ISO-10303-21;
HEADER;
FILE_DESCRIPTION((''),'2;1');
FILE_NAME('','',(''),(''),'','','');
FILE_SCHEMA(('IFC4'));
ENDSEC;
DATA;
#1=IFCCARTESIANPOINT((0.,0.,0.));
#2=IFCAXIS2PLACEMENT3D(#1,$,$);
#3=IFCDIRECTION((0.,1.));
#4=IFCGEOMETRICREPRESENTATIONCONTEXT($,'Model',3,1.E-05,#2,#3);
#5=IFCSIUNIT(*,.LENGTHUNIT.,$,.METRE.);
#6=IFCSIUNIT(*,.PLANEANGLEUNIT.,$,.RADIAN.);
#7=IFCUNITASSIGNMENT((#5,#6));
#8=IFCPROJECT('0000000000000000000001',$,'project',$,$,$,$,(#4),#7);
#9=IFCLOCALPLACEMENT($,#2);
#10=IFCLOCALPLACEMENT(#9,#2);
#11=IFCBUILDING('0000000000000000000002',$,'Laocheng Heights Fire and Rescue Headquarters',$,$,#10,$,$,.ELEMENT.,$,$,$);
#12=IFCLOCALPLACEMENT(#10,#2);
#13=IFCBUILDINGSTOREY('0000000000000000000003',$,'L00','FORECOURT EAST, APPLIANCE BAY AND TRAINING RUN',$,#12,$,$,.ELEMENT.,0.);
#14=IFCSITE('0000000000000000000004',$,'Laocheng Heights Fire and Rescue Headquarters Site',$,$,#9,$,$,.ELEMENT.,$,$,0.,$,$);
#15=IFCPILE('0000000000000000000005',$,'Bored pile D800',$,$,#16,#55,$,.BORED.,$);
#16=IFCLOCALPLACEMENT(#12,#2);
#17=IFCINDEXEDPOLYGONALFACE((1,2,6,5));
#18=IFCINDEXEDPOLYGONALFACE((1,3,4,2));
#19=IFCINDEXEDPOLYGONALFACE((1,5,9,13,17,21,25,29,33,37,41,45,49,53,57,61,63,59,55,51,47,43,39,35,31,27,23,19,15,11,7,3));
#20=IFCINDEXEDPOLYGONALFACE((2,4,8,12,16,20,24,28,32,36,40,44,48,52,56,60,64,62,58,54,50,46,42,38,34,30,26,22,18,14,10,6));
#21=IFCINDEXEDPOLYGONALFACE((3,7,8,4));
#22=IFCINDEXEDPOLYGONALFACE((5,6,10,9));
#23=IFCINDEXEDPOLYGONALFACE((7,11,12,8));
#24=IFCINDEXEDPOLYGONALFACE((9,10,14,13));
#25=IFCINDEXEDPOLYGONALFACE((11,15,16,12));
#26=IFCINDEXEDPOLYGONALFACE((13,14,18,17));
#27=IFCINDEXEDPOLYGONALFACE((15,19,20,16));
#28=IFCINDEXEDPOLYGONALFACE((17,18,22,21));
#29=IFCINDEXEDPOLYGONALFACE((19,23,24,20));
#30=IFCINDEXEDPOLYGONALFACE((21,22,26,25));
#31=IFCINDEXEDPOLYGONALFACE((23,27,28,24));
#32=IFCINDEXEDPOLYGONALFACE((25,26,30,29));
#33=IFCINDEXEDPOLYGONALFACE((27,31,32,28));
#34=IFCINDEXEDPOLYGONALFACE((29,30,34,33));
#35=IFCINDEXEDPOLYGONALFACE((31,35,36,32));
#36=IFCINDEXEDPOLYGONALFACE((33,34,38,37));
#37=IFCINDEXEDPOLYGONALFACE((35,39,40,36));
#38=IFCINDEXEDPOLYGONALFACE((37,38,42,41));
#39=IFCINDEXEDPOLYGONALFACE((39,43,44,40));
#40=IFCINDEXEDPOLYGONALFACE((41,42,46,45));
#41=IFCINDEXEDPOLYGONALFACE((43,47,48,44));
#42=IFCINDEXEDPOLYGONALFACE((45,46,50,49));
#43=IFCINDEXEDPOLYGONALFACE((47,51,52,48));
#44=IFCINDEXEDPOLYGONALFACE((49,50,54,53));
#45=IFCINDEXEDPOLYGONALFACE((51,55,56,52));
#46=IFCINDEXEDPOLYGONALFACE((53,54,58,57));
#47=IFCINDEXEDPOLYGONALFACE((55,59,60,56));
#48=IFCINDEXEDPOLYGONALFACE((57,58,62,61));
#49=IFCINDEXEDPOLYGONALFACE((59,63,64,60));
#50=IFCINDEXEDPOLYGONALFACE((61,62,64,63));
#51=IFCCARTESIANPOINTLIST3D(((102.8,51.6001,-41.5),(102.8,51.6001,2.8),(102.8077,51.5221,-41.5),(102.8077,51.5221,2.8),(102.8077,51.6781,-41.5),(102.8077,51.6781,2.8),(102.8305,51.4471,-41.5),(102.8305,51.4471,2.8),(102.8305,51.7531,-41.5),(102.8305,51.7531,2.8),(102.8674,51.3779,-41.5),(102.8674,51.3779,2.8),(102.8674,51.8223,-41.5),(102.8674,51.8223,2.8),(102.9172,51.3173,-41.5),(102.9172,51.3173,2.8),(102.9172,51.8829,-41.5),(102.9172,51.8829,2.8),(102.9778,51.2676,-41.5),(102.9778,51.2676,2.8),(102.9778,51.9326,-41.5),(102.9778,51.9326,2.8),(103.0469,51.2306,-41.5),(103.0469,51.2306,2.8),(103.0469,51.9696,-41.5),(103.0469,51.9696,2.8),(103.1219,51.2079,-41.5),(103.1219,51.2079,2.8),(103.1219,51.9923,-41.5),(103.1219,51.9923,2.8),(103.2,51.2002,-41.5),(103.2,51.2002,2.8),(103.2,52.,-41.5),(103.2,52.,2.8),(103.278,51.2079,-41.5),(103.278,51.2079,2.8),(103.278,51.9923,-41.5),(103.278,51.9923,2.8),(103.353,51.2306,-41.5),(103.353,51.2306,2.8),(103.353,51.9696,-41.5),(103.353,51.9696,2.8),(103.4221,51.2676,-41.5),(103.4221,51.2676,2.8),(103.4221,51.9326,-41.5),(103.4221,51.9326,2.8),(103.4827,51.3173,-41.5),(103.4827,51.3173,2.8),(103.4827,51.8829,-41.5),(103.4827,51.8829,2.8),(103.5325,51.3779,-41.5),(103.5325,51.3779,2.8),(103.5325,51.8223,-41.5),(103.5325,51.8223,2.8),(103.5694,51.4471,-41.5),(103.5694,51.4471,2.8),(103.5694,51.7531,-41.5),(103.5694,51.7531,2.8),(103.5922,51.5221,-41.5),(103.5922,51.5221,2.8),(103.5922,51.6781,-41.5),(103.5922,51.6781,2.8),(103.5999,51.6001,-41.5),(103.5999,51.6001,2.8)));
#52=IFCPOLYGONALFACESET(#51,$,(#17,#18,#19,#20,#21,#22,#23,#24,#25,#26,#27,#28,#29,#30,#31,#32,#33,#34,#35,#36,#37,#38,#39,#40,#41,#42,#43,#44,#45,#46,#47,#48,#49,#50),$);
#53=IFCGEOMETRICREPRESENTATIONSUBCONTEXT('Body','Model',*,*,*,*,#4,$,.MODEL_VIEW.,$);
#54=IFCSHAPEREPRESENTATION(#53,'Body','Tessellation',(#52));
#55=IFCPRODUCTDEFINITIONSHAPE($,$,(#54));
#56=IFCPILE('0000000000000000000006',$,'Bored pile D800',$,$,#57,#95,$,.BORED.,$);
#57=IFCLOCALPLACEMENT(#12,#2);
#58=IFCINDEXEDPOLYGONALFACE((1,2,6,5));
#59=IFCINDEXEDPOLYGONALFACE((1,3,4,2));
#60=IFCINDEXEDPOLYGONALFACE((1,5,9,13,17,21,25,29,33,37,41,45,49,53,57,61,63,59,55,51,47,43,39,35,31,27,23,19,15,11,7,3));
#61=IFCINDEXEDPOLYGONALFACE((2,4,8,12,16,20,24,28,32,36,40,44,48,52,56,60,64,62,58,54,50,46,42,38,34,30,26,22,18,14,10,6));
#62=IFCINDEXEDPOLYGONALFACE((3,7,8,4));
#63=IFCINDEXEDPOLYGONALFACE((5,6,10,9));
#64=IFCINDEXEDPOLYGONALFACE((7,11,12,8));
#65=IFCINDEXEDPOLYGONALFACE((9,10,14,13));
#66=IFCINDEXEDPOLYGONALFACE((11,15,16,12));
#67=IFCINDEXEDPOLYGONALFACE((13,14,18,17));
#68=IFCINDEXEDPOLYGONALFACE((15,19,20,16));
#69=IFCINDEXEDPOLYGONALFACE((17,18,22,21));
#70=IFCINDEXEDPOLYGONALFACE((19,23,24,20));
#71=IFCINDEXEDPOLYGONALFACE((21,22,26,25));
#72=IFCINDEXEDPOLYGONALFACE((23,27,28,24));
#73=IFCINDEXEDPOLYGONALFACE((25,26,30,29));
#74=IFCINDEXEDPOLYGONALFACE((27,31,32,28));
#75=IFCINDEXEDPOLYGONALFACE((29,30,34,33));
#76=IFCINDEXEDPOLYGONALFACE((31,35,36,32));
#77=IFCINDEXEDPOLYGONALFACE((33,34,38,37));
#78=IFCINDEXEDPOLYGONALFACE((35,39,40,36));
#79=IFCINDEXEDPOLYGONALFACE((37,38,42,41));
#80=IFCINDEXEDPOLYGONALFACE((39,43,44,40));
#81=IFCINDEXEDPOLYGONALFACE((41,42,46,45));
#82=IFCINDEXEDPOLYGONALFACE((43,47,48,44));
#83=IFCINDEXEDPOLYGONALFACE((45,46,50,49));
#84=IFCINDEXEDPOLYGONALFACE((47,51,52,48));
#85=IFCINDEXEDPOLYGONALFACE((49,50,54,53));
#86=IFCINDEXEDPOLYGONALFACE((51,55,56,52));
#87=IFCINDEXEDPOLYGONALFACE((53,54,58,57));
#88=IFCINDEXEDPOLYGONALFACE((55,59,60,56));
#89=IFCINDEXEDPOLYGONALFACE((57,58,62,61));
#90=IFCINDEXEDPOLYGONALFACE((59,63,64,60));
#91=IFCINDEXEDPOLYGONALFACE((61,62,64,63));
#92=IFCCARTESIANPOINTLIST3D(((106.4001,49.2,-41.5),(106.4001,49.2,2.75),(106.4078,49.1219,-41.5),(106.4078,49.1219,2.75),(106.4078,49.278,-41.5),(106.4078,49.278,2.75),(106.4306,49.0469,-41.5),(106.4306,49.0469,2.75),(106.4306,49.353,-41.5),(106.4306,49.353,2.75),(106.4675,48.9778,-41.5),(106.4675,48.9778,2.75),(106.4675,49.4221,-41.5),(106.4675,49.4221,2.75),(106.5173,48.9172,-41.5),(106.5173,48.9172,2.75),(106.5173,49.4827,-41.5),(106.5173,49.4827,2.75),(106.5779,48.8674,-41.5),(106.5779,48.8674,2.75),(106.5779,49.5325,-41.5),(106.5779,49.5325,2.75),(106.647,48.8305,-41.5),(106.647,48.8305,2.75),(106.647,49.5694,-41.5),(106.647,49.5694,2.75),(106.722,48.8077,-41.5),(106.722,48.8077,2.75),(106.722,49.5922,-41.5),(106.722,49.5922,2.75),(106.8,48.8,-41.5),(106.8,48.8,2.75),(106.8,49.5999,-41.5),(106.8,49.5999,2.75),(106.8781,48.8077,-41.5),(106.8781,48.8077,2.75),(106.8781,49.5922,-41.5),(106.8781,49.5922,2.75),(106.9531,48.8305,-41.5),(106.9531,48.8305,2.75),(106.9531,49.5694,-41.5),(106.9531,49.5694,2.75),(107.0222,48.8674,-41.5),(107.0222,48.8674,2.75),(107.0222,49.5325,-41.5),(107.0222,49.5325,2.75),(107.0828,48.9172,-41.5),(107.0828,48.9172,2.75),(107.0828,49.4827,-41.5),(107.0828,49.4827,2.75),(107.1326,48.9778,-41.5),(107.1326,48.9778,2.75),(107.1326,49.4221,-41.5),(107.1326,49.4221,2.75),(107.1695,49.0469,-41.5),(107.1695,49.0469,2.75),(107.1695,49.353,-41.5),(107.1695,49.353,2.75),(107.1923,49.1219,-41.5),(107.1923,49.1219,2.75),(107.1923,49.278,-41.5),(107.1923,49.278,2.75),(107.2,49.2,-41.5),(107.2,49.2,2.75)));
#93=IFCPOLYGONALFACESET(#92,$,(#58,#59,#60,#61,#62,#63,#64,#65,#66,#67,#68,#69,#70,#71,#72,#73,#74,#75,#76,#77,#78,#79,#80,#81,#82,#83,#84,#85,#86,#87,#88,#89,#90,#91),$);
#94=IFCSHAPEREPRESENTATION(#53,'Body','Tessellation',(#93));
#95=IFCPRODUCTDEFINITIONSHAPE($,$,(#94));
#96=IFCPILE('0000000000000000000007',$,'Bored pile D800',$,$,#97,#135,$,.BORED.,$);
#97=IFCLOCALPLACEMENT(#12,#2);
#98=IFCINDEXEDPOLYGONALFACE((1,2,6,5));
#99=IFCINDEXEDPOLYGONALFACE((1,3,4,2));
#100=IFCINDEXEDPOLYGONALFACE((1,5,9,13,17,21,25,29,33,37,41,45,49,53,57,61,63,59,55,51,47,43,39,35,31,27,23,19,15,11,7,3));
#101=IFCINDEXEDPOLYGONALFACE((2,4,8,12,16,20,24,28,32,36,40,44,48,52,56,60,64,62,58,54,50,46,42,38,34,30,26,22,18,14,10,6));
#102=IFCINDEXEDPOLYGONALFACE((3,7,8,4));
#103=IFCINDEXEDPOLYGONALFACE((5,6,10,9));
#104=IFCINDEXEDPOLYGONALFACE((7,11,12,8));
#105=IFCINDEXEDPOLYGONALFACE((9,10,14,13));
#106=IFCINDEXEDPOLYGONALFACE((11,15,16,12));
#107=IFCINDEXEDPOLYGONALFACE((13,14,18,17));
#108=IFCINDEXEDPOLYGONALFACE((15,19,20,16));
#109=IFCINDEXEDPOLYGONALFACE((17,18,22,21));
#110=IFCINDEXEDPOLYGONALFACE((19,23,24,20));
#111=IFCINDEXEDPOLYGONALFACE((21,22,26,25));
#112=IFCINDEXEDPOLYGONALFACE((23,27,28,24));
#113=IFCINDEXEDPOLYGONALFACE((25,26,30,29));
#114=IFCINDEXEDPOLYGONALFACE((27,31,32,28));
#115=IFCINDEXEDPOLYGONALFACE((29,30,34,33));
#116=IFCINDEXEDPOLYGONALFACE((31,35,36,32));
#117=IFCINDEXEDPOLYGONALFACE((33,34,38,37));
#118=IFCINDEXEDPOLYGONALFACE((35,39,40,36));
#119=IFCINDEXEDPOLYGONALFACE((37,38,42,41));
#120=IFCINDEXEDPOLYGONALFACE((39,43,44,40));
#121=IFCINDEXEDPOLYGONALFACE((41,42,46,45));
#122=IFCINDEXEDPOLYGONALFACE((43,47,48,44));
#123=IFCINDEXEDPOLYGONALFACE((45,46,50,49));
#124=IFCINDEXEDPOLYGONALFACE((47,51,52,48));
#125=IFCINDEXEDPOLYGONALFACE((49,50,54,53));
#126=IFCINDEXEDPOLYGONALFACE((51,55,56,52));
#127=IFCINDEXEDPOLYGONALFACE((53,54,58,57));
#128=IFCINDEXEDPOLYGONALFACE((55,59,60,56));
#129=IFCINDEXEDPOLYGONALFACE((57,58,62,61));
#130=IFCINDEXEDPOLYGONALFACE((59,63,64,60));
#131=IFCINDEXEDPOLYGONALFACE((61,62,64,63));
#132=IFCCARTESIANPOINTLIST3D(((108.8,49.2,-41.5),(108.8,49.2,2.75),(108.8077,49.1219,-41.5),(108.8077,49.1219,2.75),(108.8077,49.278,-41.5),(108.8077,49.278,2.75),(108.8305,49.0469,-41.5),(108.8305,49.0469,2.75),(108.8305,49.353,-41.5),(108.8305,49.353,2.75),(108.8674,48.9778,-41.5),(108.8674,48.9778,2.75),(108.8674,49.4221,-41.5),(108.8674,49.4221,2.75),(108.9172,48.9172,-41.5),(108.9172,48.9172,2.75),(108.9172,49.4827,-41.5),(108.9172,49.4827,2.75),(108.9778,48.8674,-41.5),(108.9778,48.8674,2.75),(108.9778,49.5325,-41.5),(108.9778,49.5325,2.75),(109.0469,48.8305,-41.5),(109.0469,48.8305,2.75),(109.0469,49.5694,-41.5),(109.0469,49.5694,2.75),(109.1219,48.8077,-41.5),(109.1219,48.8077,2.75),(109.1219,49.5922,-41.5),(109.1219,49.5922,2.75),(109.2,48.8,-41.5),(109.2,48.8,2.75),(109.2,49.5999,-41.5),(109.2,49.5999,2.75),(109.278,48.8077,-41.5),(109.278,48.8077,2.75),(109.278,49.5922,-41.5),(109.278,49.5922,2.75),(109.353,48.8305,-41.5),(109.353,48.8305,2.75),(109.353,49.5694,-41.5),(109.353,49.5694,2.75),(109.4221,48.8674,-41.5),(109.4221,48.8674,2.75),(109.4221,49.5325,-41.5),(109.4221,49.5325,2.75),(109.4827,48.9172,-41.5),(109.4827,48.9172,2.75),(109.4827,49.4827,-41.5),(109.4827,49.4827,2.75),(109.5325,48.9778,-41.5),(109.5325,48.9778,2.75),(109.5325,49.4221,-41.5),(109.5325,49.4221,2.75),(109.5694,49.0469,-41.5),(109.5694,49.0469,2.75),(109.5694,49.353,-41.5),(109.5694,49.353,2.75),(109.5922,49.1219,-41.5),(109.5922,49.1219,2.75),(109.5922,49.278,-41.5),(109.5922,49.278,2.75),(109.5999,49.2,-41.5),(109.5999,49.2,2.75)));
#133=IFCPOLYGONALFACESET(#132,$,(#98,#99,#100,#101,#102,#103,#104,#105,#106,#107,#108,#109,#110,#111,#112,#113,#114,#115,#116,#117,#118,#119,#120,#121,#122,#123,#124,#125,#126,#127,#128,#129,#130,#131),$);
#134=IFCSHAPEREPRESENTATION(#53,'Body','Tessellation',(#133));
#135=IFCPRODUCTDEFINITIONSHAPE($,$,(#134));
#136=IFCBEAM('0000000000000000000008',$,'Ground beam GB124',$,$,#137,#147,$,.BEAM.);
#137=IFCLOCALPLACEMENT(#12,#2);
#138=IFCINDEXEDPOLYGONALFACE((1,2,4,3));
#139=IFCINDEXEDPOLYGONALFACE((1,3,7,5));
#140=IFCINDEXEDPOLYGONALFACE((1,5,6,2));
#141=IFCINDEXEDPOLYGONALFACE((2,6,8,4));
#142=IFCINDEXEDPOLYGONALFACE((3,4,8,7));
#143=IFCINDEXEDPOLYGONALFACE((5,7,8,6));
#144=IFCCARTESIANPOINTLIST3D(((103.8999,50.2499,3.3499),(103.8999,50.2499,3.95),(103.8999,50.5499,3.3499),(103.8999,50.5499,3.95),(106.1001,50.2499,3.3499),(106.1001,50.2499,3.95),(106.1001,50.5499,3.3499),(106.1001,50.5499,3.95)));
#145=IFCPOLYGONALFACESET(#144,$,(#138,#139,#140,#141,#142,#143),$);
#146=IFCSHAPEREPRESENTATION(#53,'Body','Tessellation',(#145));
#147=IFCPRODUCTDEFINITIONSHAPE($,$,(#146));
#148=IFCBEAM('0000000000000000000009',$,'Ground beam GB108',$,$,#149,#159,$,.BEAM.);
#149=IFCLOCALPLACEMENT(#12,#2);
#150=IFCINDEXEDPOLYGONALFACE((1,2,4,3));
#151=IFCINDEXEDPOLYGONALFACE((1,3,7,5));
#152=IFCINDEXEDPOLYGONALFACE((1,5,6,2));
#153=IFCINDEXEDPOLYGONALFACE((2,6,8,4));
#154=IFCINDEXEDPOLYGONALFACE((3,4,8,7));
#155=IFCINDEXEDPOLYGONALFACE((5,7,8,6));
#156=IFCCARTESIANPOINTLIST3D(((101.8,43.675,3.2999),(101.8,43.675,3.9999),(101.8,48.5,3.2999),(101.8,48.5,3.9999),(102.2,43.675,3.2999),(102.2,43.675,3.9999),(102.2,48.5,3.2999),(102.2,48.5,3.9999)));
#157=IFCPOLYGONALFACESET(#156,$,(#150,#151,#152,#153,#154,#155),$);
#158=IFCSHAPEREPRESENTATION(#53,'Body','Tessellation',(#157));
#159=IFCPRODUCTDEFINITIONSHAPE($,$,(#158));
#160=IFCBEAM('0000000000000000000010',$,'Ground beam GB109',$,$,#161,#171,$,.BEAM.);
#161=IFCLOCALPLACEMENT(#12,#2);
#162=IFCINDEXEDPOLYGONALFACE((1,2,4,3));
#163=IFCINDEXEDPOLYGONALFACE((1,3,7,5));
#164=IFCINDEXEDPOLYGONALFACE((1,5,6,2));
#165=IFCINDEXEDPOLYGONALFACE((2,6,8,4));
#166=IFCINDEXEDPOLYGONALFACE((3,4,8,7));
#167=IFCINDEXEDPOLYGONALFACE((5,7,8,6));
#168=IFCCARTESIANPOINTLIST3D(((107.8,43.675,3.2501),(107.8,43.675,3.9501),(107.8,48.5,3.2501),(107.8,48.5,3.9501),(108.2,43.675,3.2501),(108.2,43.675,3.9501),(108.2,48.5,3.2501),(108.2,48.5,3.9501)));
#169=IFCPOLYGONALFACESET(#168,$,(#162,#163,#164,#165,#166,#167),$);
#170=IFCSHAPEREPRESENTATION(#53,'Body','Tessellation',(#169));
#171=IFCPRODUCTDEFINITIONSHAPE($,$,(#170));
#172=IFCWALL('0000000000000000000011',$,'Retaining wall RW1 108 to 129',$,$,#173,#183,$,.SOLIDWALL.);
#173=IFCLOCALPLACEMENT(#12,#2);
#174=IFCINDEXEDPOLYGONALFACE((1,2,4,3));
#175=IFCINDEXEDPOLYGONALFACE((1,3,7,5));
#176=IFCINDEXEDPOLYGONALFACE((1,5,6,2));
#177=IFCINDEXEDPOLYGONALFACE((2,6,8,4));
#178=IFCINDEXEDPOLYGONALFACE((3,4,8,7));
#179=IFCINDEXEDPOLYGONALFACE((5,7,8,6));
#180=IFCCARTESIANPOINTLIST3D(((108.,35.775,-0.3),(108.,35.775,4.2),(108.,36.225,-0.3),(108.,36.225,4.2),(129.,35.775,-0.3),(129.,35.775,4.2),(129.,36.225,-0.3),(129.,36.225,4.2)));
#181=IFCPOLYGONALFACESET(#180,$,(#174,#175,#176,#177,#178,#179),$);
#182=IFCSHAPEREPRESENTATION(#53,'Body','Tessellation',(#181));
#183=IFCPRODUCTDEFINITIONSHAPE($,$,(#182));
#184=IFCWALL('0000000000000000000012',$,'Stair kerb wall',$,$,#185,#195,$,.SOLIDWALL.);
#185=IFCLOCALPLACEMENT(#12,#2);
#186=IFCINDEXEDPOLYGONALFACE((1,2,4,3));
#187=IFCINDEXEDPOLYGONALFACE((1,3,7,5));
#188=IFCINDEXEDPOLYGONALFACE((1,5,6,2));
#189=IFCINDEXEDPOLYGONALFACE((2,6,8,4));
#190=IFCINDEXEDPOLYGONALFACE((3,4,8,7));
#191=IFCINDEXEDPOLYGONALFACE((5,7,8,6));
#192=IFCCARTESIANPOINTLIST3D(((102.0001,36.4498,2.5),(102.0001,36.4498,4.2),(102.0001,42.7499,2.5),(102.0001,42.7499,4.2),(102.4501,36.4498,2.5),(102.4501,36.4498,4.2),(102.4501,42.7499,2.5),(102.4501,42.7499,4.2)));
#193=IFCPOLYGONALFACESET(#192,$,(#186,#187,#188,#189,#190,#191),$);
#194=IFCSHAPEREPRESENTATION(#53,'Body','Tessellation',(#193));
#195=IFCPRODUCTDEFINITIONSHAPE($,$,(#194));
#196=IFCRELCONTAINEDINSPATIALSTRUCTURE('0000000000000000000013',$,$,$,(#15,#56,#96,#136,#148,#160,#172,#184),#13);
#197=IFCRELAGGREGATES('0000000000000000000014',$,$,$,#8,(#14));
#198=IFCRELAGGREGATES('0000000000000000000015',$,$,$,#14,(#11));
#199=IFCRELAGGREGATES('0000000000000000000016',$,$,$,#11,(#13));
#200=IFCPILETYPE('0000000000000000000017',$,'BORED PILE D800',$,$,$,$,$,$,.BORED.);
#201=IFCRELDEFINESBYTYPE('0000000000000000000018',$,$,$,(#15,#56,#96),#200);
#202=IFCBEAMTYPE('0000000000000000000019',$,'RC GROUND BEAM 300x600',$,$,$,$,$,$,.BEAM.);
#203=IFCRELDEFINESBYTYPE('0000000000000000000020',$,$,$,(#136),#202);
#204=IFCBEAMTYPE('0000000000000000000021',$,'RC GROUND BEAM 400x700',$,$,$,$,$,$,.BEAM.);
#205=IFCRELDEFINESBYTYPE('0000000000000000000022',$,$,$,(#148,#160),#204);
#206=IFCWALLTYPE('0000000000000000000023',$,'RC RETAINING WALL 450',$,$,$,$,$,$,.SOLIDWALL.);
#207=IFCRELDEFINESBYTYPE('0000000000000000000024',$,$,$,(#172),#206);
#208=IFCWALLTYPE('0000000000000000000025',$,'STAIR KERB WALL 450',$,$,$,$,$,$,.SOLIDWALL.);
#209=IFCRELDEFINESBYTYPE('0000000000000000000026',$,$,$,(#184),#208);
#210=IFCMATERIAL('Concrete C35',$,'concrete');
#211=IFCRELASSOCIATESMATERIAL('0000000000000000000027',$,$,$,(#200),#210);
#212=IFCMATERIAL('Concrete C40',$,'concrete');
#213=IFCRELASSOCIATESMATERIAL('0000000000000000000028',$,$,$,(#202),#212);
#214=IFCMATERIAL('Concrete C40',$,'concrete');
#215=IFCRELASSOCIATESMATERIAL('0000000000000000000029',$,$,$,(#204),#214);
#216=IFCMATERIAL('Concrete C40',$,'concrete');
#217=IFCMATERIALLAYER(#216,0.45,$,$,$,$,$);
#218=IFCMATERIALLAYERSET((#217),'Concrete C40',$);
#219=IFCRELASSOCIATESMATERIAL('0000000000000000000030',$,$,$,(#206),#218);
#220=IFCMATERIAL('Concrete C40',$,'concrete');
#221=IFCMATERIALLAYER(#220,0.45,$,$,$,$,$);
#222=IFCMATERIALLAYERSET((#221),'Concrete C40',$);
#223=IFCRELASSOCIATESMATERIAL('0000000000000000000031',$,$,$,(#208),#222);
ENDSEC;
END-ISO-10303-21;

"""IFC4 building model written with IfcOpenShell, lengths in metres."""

from ifc_helpers import new_model, si_unit, direction, frame, frame_2d, origin, origin_2d, place, context, subcontext, project, spatial, rectangle, circle, extrude, material, layer, layer_set, material_profile, profile_set, type_object, element, save


model = new_model("IFC4")

# Units and contexts
model_context = context("Model", 3, precision=1e-05, world=origin(), true_north=direction((0.0, 1.0)))
body_context = subcontext(model_context, "Body", "Model", "MODEL_VIEW")
ifc_project = project(units=[si_unit("LENGTHUNIT", "METRE"), si_unit("PLANEANGLEUNIT", "RADIAN")], contexts=[model_context])

# Site, building, storey
site_placement = place(None, origin())
site = spatial("IfcSite", under=ifc_project, at=site_placement, Name="Laocheng Heights Fire and Rescue Headquarters Site", CompositionType="ELEMENT", RefElevation=0.0)
building_placement = place(site_placement, origin())
building = spatial("IfcBuilding", under=site, at=building_placement, Name="Laocheng Heights Fire and Rescue Headquarters", CompositionType="ELEMENT")
storey_placement = place(building_placement, origin())
storey = spatial("IfcBuildingStorey", under=building, at=storey_placement, Name="L00", Description="FORECOURT EAST, APPLIANCE BAY AND TRAINING RUN", CompositionType="ELEMENT", Elevation=0.0)

# Piles
ifc_material_1 = material(Name="Concrete C35", Category="concrete")
ifc_material_profile_1 = material_profile(ifc_material_1, circle(Radius=0.3999, at=origin_2d()), Name="BORED PILE D800")
ifc_profile_set_1 = profile_set([ifc_material_profile_1], Name="Concrete C35")
pile_type_1 = type_object("IfcPileType", Name="BORED PILE D800", PredefinedType="BORED", material=ifc_profile_set_1)
for number, where, z_axis, x_axis, name in (
    (1, (103.2, 51.6001, 2.8), (0.0, 0.0, -1.0), (1.0, 0.0, 0.0), "Bored pile D800"),
):
    element("IfcPile", number, at=place(storey_placement, frame(where, z_axis=z_axis, x_axis=x_axis)), inside=storey, type_object=pile_type_1, Name=name, PredefinedType="BORED", context=body_context, shape_type="SweptSolid", body=[
        extrude(circle(Radius=0.3999, at=origin_2d()), origin(), (0.0, 0.0, 1.0), 44.3),
    ])
for number, where, z_axis, x_axis, name in (
    (2, (106.8, 49.2, 2.75), (0.0, 0.0, -1.0), (1.0, 0.0, 0.0), "Bored pile D800"),
    (3, (109.2, 49.2, 2.75), (0.0, 0.0, -1.0), (1.0, 0.0, 0.0), "Bored pile D800"),
):
    element("IfcPile", number, at=place(storey_placement, frame(where, z_axis=z_axis, x_axis=x_axis)), inside=storey, type_object=pile_type_1, Name=name, PredefinedType="BORED", context=body_context, shape_type="SweptSolid", body=[
        extrude(circle(Radius=0.3999, at=origin_2d()), origin(), (0.0, 0.0, 1.0), 44.25),
    ])

# Beams
ifc_material_2 = material(Name="Concrete C40", Category="concrete")
ifc_material_profile_2 = material_profile(ifc_material_2, rectangle(XDim=0.3, YDim=0.6001, at=origin_2d()), Name="RC GROUND BEAM 300x600")
ifc_profile_set_2 = profile_set([ifc_material_profile_2], Name="Concrete C40")
beam_type_1 = type_object("IfcBeamType", Name="RC GROUND BEAM 300x600", PredefinedType="BEAM", material=ifc_profile_set_2)
beam_placement = place(storey_placement, frame((103.8999, 50.3999, 3.6499), z_axis=(1.0, 0.0, 0.0), x_axis=(0.0, 1.0, 0.0)))
element("IfcBeam", 4, at=beam_placement, inside=storey, type_object=beam_type_1, Name="Ground beam GB124", PredefinedType="BEAM", context=body_context, shape_type="SweptSolid", body=[
    extrude(rectangle(XDim=0.3, YDim=0.6001, at=origin_2d()), origin(), (0.0, 0.0, 1.0), 2.2002),
])
ifc_material_3 = material(Name="Concrete C40", Category="concrete")
ifc_material_profile_3 = material_profile(ifc_material_3, rectangle(XDim=0.3999, YDim=0.7, at=origin_2d()), Name="RC GROUND BEAM 400x700")
ifc_profile_set_3 = profile_set([ifc_material_profile_3], Name="Concrete C40")
beam_type_2 = type_object("IfcBeamType", Name="RC GROUND BEAM 400x700", PredefinedType="BEAM", material=ifc_profile_set_3)
for number, where, z_axis, x_axis, name in (
    (5, (102.0, 43.675, 3.6499), (0.0, 1.0, 0.0), (-1.0, 0.0, 0.0), "Ground beam GB108"),
    (6, (108.0, 43.675, 3.6001), (0.0, 1.0, 0.0), (-1.0, 0.0, 0.0), "Ground beam GB109"),
):
    element("IfcBeam", number, at=place(storey_placement, frame(where, z_axis=z_axis, x_axis=x_axis)), inside=storey, type_object=beam_type_2, Name=name, PredefinedType="BEAM", context=body_context, shape_type="SweptSolid", body=[
        extrude(rectangle(XDim=0.3999, YDim=0.7, at=origin_2d()), origin(), (0.0, 0.0, 1.0), 4.825),
    ])

# Walls
ifc_material_4 = material(Name="Concrete C40", Category="concrete")
ifc_layer_1 = layer(ifc_material_4, 0.45)
ifc_layer_set_1 = layer_set([ifc_layer_1], Name="Concrete C40")
wall_type_1 = type_object("IfcWallType", Name="RC RETAINING WALL 450", PredefinedType="SOLIDWALL", material=ifc_layer_set_1)
wall_1_placement = place(storey_placement, frame((108.0, 36.0, -0.3), z_axis=(0.0, 0.0, 1.0), x_axis=(1.0, 0.0, 0.0)))
element("IfcWall", 7, at=wall_1_placement, inside=storey, type_object=wall_type_1, Name="Retaining wall RW1 108 to 129", PredefinedType="SOLIDWALL", context=body_context, shape_type="SweptSolid", body=[
    extrude(rectangle(XDim=21.0, YDim=0.45, at=frame_2d((10.5, 0.0))), origin(), (0.0, 0.0, 1.0), 4.5),
])
ifc_material_5 = material(Name="Concrete C40", Category="concrete")
ifc_layer_2 = layer(ifc_material_5, 0.45)
ifc_layer_set_2 = layer_set([ifc_layer_2], Name="Concrete C40")
wall_type_2 = type_object("IfcWallType", Name="STAIR KERB WALL 450", PredefinedType="SOLIDWALL", material=ifc_layer_set_2)
wall_2_placement = place(storey_placement, frame((102.2251, 36.45, 2.5), z_axis=(0.0, 0.0, 1.0), x_axis=(0.0, 1.0, 0.0)))
element("IfcWall", 8, at=wall_2_placement, inside=storey, type_object=wall_type_2, Name="Stair kerb wall", PredefinedType="SOLIDWALL", context=body_context, shape_type="SweptSolid", body=[
    extrude(rectangle(XDim=6.3, YDim=0.45, at=frame_2d((3.1499, 0.0))), origin(), (0.0, 0.0, 1.0), 1.7),
])

save(model, "model.ifc")
